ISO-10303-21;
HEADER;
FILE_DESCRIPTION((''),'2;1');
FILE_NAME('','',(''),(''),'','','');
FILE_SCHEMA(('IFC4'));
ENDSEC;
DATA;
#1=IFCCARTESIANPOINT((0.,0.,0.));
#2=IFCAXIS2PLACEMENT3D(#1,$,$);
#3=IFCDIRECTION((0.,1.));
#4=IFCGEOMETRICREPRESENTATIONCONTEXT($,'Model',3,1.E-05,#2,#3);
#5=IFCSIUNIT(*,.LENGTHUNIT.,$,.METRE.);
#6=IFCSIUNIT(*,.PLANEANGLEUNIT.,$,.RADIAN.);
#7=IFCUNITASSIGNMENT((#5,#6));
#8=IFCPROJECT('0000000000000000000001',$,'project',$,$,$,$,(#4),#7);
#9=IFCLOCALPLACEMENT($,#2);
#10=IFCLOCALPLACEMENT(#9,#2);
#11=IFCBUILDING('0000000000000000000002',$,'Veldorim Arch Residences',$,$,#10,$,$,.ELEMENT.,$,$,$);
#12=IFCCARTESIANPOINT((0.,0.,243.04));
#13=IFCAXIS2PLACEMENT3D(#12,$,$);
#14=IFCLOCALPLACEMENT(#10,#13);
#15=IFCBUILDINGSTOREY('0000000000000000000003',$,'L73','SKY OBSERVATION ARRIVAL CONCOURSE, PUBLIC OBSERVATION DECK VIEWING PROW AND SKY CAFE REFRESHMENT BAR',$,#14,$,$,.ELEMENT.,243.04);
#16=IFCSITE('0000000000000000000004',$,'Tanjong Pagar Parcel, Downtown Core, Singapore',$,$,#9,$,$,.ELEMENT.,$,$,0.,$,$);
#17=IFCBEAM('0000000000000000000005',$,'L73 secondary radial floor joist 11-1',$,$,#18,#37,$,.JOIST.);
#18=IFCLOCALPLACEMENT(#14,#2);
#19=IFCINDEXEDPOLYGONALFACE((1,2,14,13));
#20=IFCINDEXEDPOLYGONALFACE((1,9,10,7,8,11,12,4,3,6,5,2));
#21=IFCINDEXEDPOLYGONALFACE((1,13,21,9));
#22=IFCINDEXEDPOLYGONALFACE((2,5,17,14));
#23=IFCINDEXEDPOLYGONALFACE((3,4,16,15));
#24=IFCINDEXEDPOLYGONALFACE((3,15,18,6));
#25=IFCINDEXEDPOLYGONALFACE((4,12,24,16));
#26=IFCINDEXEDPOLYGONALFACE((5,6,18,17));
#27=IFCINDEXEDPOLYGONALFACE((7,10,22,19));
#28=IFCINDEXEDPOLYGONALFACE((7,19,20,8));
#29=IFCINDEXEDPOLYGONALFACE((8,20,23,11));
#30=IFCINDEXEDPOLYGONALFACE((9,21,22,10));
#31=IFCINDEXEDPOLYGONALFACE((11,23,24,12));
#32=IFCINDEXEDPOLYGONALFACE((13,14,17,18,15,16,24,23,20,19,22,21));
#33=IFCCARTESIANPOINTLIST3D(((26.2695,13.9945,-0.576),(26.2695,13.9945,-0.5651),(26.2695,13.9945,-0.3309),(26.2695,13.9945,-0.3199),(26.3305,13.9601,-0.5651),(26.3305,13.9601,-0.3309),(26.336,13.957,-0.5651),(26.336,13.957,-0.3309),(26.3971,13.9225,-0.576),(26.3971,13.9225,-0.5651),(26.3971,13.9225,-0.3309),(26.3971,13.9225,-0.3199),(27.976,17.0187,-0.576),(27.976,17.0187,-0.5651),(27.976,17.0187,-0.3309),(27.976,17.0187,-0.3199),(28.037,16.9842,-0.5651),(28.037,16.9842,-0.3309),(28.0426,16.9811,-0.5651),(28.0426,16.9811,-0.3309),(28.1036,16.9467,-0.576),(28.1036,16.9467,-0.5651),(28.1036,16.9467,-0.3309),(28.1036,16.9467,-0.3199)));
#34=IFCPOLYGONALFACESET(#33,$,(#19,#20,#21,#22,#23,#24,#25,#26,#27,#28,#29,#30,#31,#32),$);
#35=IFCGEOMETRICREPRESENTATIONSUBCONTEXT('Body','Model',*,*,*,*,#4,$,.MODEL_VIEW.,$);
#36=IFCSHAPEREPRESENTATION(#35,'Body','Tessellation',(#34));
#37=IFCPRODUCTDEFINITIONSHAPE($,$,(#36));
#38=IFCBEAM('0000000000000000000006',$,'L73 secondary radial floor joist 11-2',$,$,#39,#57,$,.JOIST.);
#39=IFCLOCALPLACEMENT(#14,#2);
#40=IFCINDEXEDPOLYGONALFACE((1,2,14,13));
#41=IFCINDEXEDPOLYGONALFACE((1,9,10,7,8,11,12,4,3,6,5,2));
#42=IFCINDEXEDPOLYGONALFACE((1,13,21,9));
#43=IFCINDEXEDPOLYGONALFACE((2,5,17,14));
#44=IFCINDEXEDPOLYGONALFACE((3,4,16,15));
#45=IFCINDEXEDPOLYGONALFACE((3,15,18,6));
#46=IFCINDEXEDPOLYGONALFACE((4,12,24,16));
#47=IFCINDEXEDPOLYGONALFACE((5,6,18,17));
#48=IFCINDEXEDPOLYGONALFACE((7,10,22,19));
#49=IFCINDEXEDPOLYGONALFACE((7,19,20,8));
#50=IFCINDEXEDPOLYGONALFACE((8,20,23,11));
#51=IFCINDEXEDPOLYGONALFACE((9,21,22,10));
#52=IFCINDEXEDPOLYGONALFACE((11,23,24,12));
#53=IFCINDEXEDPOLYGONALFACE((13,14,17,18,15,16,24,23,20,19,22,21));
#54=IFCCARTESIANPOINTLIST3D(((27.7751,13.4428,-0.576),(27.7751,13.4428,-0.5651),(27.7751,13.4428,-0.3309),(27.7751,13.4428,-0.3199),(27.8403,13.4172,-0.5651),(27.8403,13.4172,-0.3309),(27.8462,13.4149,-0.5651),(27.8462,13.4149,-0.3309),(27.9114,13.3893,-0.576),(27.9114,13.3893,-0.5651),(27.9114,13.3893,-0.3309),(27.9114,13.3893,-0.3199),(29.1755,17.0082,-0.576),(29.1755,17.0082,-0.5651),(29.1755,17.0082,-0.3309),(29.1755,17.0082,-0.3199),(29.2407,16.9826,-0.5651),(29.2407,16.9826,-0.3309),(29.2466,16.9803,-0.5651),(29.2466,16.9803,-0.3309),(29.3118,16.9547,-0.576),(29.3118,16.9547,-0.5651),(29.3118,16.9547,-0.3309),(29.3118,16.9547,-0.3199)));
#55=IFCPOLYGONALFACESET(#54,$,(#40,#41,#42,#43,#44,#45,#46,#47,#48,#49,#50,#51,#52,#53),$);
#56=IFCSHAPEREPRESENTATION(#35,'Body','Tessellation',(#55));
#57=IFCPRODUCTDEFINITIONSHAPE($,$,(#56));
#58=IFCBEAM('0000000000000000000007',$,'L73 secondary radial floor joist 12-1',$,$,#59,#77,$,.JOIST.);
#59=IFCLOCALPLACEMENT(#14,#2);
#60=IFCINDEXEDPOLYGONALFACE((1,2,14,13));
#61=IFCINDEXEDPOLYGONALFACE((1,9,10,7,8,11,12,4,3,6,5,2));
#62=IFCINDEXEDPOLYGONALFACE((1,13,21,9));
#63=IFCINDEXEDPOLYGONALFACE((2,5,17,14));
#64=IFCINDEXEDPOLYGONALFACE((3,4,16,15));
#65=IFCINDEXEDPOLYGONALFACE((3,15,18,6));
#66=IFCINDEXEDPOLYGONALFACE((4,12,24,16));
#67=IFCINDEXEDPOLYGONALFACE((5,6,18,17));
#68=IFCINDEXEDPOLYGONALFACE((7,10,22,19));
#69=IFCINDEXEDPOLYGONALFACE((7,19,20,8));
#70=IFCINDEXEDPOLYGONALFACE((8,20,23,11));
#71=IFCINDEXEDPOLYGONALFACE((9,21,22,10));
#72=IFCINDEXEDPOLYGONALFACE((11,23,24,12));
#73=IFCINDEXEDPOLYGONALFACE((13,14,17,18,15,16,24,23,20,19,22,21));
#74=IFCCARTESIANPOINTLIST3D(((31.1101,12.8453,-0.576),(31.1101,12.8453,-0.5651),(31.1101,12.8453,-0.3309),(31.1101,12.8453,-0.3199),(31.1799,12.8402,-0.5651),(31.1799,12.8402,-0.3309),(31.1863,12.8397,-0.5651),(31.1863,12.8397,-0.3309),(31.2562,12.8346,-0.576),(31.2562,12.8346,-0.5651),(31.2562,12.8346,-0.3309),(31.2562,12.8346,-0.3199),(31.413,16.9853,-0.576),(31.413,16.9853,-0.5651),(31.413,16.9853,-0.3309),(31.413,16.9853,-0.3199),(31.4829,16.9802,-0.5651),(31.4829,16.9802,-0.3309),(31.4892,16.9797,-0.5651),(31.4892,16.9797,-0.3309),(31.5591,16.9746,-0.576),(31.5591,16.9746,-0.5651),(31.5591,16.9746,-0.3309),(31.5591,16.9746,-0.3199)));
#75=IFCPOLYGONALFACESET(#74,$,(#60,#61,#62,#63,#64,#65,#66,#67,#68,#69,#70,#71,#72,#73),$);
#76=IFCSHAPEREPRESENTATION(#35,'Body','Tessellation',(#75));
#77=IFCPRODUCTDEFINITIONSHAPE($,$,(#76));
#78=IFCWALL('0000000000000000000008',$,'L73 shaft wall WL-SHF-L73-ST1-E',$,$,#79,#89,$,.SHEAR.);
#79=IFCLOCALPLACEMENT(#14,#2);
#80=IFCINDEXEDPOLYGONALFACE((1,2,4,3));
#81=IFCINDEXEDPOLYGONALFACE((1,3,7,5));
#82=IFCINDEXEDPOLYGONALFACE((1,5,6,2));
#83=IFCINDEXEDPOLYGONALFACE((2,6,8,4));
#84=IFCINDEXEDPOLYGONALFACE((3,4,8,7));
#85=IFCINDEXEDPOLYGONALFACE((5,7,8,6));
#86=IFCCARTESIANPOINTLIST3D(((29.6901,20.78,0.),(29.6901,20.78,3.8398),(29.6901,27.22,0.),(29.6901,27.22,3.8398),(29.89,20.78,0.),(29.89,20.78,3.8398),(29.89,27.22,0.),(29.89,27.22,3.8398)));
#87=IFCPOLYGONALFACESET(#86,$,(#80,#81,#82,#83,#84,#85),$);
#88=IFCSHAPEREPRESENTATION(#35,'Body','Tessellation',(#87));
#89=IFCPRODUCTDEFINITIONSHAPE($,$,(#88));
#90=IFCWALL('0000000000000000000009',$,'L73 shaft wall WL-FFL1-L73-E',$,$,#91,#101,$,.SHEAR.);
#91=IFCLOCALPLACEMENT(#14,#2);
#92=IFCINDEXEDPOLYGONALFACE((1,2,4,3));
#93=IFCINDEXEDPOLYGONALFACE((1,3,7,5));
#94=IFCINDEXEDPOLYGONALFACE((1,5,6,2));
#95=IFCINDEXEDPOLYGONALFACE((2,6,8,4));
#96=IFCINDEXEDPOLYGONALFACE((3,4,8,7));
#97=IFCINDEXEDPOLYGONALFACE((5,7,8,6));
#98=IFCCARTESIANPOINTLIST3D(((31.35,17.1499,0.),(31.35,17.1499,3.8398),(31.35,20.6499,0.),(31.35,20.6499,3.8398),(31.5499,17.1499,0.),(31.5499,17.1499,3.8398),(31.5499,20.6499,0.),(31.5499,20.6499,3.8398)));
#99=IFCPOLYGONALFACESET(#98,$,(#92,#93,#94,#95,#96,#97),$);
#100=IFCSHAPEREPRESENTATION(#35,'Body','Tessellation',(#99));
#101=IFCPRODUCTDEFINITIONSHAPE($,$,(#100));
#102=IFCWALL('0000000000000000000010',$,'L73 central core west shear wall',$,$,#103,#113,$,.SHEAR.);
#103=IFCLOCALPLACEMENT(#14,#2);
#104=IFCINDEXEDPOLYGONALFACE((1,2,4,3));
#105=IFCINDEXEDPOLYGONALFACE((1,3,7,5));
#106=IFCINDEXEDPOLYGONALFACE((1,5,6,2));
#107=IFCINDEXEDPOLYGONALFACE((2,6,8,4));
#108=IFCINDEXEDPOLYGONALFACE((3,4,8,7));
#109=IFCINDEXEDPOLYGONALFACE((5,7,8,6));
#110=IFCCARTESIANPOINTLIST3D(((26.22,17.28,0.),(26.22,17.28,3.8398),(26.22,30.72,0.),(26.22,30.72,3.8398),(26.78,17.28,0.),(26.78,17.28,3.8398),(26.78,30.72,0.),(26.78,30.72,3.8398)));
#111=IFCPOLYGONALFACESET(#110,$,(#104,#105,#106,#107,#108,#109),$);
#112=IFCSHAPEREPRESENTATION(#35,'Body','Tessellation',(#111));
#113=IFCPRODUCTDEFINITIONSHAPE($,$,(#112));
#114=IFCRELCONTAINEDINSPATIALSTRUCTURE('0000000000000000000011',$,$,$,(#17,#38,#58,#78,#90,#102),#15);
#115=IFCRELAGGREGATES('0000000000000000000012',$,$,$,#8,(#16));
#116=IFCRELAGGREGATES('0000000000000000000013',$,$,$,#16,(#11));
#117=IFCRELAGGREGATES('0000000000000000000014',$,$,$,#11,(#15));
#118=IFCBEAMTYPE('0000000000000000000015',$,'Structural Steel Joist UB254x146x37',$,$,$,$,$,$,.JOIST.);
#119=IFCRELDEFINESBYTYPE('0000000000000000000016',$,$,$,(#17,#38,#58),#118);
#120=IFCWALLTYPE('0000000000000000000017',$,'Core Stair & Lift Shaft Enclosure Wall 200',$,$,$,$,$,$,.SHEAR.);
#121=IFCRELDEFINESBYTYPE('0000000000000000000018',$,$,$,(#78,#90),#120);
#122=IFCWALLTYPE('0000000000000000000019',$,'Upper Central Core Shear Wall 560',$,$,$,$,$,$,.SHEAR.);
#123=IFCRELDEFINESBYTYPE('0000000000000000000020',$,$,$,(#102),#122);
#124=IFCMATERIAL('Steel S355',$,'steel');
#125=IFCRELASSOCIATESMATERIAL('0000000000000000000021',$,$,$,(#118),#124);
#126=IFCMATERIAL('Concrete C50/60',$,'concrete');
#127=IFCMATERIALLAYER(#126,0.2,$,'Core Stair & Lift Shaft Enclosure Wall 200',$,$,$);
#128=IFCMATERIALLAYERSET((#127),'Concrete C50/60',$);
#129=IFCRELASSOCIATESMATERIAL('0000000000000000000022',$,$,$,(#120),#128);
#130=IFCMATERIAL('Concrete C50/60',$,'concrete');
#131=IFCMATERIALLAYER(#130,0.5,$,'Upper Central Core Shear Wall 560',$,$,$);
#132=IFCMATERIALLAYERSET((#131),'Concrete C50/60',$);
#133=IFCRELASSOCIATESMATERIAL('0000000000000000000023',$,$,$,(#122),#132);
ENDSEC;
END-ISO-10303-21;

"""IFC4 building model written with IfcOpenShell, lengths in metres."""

from ifc_helpers import new_model, si_unit, direction, frame, frame_2d, origin, origin_2d, place, context, subcontext, project, spatial, rectangle, i_section, extrude, material, layer, layer_set, material_profile, profile_set, type_object, element, save


model = new_model("IFC4")

# Units and contexts
model_context = context("Model", 3, precision=1e-05, world=origin(), true_north=direction((0.0, 1.0)))
body_context = subcontext(model_context, "Body", "Model", "MODEL_VIEW")
ifc_project = project(units=[si_unit("LENGTHUNIT", "METRE"), si_unit("PLANEANGLEUNIT", "RADIAN")], contexts=[model_context])

# Site, building, storey
site_placement = place(None, origin())
site = spatial("IfcSite", under=ifc_project, at=site_placement, Name="Tanjong Pagar Parcel, Downtown Core, Singapore", CompositionType="ELEMENT", RefElevation=0.0)
building_placement = place(site_placement, origin())
building = spatial("IfcBuilding", under=site, at=building_placement, Name="Veldorim Arch Residences", CompositionType="ELEMENT")
storey_placement = place(building_placement, frame((0.0, 0.0, 243.04)))
storey = spatial("IfcBuildingStorey", under=building, at=storey_placement, Name="L73", Description="SKY OBSERVATION ARRIVAL CONCOURSE, PUBLIC OBSERVATION DECK VIEWING PROW AND SKY CAFE REFRESHMENT BAR", CompositionType="ELEMENT", Elevation=243.04)

# Beams
ifc_material_1 = material(Name="Steel S355", Category="steel")
ifc_material_profile_1 = material_profile(ifc_material_1, i_section(OverallWidth=0.1465, OverallDepth=0.2561, WebThickness=0.0063, FlangeThickness=0.011, at=origin_2d()), Name="UB254x146x37")
ifc_profile_set_1 = profile_set([ifc_material_profile_1], Name="Steel S355")
beam_type_1 = type_object("IfcBeamType", Name="Structural Steel Joist UB254x146x37", PredefinedType="JOIST", material=ifc_profile_set_1)
beam_1_placement = place(storey_placement, frame((28.0398, 16.9827, -0.448), z_axis=(-0.491452, -0.870904, 0.0), x_axis=(0.870904, -0.491452, 0.0)))
element("IfcBeam", 1, at=beam_1_placement, inside=storey, type_object=beam_type_1, Name="L73 secondary radial floor joist 11-1", PredefinedType="JOIST", context=body_context, shape_type="SweptSolid", body=[
    extrude(i_section(OverallWidth=0.1465, OverallDepth=0.2561, WebThickness=0.0063, FlangeThickness=0.011, at=origin_2d()), origin(), (0.0, 0.0, 1.0), 3.4724),
])
beam_2_placement = place(storey_placement, frame((29.2437, 16.9814, -0.448), z_axis=(-0.365581, -0.930779, 0.0), x_axis=(0.930779, -0.365581, 0.0)))
element("IfcBeam", 2, at=beam_2_placement, inside=storey, type_object=beam_type_1, Name="L73 secondary radial floor joist 11-2", PredefinedType="JOIST", context=body_context, shape_type="SweptSolid", body=[
    extrude(i_section(OverallWidth=0.1465, OverallDepth=0.2561, WebThickness=0.0063, FlangeThickness=0.011, at=origin_2d()), origin(), (0.0, 0.0, 1.0), 3.8306),
])
beam_3_placement = place(storey_placement, frame((31.4861, 16.98, -0.448), z_axis=(-0.072986, -0.997333, 0.0), x_axis=(0.997333, -0.072986, 0.0)))
element("IfcBeam", 3, at=beam_3_placement, inside=storey, type_object=beam_type_1, Name="L73 secondary radial floor joist 12-1", PredefinedType="JOIST", context=body_context, shape_type="SweptSolid", body=[
    extrude(i_section(OverallWidth=0.1465, OverallDepth=0.2561, WebThickness=0.0063, FlangeThickness=0.011, at=origin_2d()), origin(), (0.0, 0.0, 1.0), 4.1511),
])

# Wall
ifc_material_2 = material(Name="Concrete C50/60", Category="concrete")
ifc_layer_1 = layer(ifc_material_2, 0.2, Name="Core Stair & Lift Shaft Enclosure Wall 200")
ifc_layer_set_1 = layer_set([ifc_layer_1], Name="Concrete C50/60")
wall_type_1 = type_object("IfcWallType", Name="Core Stair & Lift Shaft Enclosure Wall 200", PredefinedType="SHEAR", material=ifc_layer_set_1)
wall_1_placement = place(storey_placement, frame((29.79, 20.78, 0.0), z_axis=(0.0, 0.0, 1.0), x_axis=(0.0, 1.0, 0.0)))
element("IfcWall", 4, at=wall_1_placement, inside=storey, type_object=wall_type_1, Name="L73 shaft wall WL-SHF-L73-ST1-E", PredefinedType="SHEAR", context=body_context, shape_type="SweptSolid", body=[
    extrude(rectangle(XDim=6.4399, YDim=0.2, at=frame_2d((3.22, 0.0))), origin(), (0.0, 0.0, 1.0), 3.8398),
])

# Wall
wall_2_placement = place(storey_placement, frame((31.45, 17.1499, 0.0), z_axis=(0.0, 0.0, 1.0), x_axis=(0.0, 1.0, 0.0)))
element("IfcWall", 5, at=wall_2_placement, inside=storey, type_object=wall_type_1, Name="L73 shaft wall WL-FFL1-L73-E", PredefinedType="SHEAR", context=body_context, shape_type="SweptSolid", body=[
    extrude(rectangle(XDim=3.5, YDim=0.2, at=frame_2d((1.75, 0.0))), origin(), (0.0, 0.0, 1.0), 3.8398),
])

# Shared definitions
ifc_material_3 = material(Name="Concrete C50/60", Category="concrete")
ifc_layer_2 = layer(ifc_material_3, 0.5, Name="Upper Central Core Shear Wall 560")
ifc_layer_set_2 = layer_set([ifc_layer_2], Name="Concrete C50/60")
wall_type_2 = type_object("IfcWallType", Name="Upper Central Core Shear Wall 560", PredefinedType="SHEAR", material=ifc_layer_set_2)

# Wall
wall_3_placement = place(storey_placement, frame((26.5, 17.28, 0.0), z_axis=(0.0, 0.0, 1.0), x_axis=(0.0, 1.0, 0.0)))
element("IfcWall", 6, at=wall_3_placement, inside=storey, type_object=wall_type_2, Name="L73 central core west shear wall", PredefinedType="SHEAR", context=body_context, shape_type="SweptSolid", body=[
    extrude(rectangle(XDim=13.4399, YDim=0.5601, at=frame_2d((6.72, 0.0))), origin(), (0.0, 0.0, 1.0), 3.8398),
])

save(model, "model.ifc")
